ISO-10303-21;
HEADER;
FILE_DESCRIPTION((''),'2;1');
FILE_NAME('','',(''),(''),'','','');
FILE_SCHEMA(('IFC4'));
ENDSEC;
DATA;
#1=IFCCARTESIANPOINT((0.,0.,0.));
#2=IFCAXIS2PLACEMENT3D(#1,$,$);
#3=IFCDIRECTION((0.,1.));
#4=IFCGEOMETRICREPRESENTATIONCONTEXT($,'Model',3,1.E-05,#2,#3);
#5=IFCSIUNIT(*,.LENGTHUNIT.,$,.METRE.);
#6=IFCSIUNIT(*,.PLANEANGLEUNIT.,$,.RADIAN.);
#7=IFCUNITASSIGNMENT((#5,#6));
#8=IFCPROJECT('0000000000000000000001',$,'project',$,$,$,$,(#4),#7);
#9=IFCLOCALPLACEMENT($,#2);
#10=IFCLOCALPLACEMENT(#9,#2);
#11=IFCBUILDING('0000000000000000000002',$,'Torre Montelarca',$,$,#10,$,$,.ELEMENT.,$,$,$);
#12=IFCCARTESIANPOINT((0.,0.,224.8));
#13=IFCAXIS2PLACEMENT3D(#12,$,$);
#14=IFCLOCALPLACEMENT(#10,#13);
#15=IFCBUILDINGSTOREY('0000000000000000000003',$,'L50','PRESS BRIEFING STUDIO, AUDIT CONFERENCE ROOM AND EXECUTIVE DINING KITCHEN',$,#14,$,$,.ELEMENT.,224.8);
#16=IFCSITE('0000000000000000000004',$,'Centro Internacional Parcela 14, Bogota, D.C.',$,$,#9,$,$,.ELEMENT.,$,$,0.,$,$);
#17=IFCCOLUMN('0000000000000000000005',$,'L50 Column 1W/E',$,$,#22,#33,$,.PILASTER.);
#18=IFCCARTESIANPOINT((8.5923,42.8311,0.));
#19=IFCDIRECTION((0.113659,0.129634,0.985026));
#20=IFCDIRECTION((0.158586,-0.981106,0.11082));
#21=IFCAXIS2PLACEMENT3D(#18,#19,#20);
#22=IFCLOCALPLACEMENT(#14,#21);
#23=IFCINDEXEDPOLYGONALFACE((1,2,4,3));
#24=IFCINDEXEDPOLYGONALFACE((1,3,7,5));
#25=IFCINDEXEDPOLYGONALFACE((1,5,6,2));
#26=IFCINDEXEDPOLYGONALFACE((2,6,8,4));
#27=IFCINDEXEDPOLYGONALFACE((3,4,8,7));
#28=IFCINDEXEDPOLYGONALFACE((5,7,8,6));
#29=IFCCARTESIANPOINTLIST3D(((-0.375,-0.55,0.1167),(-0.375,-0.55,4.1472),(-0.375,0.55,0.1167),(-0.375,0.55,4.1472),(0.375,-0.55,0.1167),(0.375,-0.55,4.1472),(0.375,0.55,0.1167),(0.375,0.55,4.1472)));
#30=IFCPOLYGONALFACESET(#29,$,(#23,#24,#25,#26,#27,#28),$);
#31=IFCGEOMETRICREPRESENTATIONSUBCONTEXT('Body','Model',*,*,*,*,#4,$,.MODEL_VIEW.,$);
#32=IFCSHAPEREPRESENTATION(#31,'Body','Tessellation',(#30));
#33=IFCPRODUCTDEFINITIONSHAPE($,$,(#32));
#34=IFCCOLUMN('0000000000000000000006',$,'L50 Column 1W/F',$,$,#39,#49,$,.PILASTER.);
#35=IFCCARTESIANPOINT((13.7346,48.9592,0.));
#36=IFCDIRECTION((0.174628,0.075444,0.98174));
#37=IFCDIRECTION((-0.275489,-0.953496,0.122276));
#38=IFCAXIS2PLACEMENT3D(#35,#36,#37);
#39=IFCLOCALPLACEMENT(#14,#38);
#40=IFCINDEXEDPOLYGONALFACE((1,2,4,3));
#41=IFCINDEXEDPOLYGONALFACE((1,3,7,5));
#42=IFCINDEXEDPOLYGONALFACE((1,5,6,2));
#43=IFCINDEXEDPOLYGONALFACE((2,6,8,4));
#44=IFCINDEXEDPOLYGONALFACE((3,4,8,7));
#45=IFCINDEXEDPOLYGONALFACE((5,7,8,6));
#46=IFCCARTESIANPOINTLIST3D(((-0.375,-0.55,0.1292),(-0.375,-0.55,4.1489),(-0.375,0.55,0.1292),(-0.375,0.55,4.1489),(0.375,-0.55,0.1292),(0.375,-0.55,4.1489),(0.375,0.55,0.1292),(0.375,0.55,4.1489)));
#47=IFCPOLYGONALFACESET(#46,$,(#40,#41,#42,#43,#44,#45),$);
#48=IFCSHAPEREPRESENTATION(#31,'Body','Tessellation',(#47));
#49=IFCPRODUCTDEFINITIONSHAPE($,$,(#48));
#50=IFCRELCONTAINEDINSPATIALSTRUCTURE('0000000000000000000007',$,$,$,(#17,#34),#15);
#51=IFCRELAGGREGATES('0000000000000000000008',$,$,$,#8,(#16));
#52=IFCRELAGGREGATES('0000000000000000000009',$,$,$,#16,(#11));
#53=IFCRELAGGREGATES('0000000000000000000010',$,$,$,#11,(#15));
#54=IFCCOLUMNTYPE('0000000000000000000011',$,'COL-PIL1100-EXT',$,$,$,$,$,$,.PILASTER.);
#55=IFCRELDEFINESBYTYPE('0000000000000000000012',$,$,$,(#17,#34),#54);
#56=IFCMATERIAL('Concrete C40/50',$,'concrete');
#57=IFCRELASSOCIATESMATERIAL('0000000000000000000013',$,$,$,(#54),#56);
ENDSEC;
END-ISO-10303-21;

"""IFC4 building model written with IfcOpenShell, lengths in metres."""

from ifc_helpers import new_model, si_unit, direction, frame, origin, origin_2d, place, context, subcontext, project, spatial, rectangle, extrude, clip, halfspace, material, material_profile, profile_set, type_object, element, save


model = new_model("IFC4")

# Units and contexts
model_context = context("Model", 3, precision=1e-05, world=origin(), true_north=direction((0.0, 1.0)))
body_context = subcontext(model_context, "Body", "Model", "MODEL_VIEW")
ifc_project = project(units=[si_unit("LENGTHUNIT", "METRE"), si_unit("PLANEANGLEUNIT", "RADIAN")], contexts=[model_context])

# Site, building, storey
site_placement = place(None, origin())
site = spatial("IfcSite", under=ifc_project, at=site_placement, Name="Centro Internacional Parcela 14, Bogota, D.C.", CompositionType="ELEMENT", RefElevation=0.0)
building_placement = place(site_placement, origin())
building = spatial("IfcBuilding", under=site, at=building_placement, Name="Torre Montelarca", CompositionType="ELEMENT")
storey_placement = place(building_placement, frame((0.0, 0.0, 224.8)))
storey = spatial("IfcBuildingStorey", under=building, at=storey_placement, Name="L50", Description="PRESS BRIEFING STUDIO, AUDIT CONFERENCE ROOM AND EXECUTIVE DINING KITCHEN", CompositionType="ELEMENT", Elevation=224.8)

# Columns
ifc_material_1 = material(Name="Concrete C40/50", Category="concrete")
ifc_material_profile_1 = material_profile(ifc_material_1, rectangle(XDim=0.75, YDim=1.1001, at=origin_2d()), Name="RC1100X750", Category="concrete")
ifc_profile_set_1 = profile_set([ifc_material_profile_1], Name="Concrete C40/50")
column_type_1 = type_object("IfcColumnType", Name="COL-PIL1100-EXT", PredefinedType="PILASTER", material=ifc_profile_set_1)
column_1_placement = place(storey_placement, frame((8.5923, 42.8311, 0.0), z_axis=(0.113659, 0.129634, 0.985026), x_axis=(0.158586, -0.981106, 0.11082)))
element("IfcColumn", 1, at=column_1_placement, inside=storey, type_object=column_type_1, Name="L50 Column 1W/E", PredefinedType="PILASTER", context=body_context, shape_type="Clipping", body=[
    clip(clip(extrude(rectangle(XDim=0.75, YDim=1.1001, at=origin_2d()), origin(), (0.0, 0.0, 1.0), 4.2639), halfspace(frame((0.0, 0.0, 0.1167), z_axis=(0.0, 0.0, -1.0), x_axis=(1.0, 0.0, 0.0)), False)), halfspace(frame((0.0, 0.0, 4.1472), z_axis=(0.0, 0.0, 1.0), x_axis=(1.0, 0.0, 0.0)), False)),
])
column_2_placement = place(storey_placement, frame((13.7346, 48.9592, 0.0), z_axis=(0.174628, 0.075444, 0.98174), x_axis=(-0.275489, -0.953496, 0.122276)))
element("IfcColumn", 2, at=column_2_placement, inside=storey, type_object=column_type_1, Name="L50 Column 1W/F", PredefinedType="PILASTER", context=body_context, shape_type="Clipping", body=[
    clip(clip(extrude(rectangle(XDim=0.75, YDim=1.1001, at=origin_2d()), origin(), (0.0, 0.0, 1.0), 4.2781), halfspace(frame((0.0, 0.0, 0.1292), z_axis=(0.0, 0.0, -1.0), x_axis=(1.0, 0.0, 0.0)), False)), halfspace(frame((0.0, 0.0, 4.1489), z_axis=(0.0, 0.0, 1.0), x_axis=(1.0, 0.0, 0.0)), False)),
])

save(model, "model.ifc")
